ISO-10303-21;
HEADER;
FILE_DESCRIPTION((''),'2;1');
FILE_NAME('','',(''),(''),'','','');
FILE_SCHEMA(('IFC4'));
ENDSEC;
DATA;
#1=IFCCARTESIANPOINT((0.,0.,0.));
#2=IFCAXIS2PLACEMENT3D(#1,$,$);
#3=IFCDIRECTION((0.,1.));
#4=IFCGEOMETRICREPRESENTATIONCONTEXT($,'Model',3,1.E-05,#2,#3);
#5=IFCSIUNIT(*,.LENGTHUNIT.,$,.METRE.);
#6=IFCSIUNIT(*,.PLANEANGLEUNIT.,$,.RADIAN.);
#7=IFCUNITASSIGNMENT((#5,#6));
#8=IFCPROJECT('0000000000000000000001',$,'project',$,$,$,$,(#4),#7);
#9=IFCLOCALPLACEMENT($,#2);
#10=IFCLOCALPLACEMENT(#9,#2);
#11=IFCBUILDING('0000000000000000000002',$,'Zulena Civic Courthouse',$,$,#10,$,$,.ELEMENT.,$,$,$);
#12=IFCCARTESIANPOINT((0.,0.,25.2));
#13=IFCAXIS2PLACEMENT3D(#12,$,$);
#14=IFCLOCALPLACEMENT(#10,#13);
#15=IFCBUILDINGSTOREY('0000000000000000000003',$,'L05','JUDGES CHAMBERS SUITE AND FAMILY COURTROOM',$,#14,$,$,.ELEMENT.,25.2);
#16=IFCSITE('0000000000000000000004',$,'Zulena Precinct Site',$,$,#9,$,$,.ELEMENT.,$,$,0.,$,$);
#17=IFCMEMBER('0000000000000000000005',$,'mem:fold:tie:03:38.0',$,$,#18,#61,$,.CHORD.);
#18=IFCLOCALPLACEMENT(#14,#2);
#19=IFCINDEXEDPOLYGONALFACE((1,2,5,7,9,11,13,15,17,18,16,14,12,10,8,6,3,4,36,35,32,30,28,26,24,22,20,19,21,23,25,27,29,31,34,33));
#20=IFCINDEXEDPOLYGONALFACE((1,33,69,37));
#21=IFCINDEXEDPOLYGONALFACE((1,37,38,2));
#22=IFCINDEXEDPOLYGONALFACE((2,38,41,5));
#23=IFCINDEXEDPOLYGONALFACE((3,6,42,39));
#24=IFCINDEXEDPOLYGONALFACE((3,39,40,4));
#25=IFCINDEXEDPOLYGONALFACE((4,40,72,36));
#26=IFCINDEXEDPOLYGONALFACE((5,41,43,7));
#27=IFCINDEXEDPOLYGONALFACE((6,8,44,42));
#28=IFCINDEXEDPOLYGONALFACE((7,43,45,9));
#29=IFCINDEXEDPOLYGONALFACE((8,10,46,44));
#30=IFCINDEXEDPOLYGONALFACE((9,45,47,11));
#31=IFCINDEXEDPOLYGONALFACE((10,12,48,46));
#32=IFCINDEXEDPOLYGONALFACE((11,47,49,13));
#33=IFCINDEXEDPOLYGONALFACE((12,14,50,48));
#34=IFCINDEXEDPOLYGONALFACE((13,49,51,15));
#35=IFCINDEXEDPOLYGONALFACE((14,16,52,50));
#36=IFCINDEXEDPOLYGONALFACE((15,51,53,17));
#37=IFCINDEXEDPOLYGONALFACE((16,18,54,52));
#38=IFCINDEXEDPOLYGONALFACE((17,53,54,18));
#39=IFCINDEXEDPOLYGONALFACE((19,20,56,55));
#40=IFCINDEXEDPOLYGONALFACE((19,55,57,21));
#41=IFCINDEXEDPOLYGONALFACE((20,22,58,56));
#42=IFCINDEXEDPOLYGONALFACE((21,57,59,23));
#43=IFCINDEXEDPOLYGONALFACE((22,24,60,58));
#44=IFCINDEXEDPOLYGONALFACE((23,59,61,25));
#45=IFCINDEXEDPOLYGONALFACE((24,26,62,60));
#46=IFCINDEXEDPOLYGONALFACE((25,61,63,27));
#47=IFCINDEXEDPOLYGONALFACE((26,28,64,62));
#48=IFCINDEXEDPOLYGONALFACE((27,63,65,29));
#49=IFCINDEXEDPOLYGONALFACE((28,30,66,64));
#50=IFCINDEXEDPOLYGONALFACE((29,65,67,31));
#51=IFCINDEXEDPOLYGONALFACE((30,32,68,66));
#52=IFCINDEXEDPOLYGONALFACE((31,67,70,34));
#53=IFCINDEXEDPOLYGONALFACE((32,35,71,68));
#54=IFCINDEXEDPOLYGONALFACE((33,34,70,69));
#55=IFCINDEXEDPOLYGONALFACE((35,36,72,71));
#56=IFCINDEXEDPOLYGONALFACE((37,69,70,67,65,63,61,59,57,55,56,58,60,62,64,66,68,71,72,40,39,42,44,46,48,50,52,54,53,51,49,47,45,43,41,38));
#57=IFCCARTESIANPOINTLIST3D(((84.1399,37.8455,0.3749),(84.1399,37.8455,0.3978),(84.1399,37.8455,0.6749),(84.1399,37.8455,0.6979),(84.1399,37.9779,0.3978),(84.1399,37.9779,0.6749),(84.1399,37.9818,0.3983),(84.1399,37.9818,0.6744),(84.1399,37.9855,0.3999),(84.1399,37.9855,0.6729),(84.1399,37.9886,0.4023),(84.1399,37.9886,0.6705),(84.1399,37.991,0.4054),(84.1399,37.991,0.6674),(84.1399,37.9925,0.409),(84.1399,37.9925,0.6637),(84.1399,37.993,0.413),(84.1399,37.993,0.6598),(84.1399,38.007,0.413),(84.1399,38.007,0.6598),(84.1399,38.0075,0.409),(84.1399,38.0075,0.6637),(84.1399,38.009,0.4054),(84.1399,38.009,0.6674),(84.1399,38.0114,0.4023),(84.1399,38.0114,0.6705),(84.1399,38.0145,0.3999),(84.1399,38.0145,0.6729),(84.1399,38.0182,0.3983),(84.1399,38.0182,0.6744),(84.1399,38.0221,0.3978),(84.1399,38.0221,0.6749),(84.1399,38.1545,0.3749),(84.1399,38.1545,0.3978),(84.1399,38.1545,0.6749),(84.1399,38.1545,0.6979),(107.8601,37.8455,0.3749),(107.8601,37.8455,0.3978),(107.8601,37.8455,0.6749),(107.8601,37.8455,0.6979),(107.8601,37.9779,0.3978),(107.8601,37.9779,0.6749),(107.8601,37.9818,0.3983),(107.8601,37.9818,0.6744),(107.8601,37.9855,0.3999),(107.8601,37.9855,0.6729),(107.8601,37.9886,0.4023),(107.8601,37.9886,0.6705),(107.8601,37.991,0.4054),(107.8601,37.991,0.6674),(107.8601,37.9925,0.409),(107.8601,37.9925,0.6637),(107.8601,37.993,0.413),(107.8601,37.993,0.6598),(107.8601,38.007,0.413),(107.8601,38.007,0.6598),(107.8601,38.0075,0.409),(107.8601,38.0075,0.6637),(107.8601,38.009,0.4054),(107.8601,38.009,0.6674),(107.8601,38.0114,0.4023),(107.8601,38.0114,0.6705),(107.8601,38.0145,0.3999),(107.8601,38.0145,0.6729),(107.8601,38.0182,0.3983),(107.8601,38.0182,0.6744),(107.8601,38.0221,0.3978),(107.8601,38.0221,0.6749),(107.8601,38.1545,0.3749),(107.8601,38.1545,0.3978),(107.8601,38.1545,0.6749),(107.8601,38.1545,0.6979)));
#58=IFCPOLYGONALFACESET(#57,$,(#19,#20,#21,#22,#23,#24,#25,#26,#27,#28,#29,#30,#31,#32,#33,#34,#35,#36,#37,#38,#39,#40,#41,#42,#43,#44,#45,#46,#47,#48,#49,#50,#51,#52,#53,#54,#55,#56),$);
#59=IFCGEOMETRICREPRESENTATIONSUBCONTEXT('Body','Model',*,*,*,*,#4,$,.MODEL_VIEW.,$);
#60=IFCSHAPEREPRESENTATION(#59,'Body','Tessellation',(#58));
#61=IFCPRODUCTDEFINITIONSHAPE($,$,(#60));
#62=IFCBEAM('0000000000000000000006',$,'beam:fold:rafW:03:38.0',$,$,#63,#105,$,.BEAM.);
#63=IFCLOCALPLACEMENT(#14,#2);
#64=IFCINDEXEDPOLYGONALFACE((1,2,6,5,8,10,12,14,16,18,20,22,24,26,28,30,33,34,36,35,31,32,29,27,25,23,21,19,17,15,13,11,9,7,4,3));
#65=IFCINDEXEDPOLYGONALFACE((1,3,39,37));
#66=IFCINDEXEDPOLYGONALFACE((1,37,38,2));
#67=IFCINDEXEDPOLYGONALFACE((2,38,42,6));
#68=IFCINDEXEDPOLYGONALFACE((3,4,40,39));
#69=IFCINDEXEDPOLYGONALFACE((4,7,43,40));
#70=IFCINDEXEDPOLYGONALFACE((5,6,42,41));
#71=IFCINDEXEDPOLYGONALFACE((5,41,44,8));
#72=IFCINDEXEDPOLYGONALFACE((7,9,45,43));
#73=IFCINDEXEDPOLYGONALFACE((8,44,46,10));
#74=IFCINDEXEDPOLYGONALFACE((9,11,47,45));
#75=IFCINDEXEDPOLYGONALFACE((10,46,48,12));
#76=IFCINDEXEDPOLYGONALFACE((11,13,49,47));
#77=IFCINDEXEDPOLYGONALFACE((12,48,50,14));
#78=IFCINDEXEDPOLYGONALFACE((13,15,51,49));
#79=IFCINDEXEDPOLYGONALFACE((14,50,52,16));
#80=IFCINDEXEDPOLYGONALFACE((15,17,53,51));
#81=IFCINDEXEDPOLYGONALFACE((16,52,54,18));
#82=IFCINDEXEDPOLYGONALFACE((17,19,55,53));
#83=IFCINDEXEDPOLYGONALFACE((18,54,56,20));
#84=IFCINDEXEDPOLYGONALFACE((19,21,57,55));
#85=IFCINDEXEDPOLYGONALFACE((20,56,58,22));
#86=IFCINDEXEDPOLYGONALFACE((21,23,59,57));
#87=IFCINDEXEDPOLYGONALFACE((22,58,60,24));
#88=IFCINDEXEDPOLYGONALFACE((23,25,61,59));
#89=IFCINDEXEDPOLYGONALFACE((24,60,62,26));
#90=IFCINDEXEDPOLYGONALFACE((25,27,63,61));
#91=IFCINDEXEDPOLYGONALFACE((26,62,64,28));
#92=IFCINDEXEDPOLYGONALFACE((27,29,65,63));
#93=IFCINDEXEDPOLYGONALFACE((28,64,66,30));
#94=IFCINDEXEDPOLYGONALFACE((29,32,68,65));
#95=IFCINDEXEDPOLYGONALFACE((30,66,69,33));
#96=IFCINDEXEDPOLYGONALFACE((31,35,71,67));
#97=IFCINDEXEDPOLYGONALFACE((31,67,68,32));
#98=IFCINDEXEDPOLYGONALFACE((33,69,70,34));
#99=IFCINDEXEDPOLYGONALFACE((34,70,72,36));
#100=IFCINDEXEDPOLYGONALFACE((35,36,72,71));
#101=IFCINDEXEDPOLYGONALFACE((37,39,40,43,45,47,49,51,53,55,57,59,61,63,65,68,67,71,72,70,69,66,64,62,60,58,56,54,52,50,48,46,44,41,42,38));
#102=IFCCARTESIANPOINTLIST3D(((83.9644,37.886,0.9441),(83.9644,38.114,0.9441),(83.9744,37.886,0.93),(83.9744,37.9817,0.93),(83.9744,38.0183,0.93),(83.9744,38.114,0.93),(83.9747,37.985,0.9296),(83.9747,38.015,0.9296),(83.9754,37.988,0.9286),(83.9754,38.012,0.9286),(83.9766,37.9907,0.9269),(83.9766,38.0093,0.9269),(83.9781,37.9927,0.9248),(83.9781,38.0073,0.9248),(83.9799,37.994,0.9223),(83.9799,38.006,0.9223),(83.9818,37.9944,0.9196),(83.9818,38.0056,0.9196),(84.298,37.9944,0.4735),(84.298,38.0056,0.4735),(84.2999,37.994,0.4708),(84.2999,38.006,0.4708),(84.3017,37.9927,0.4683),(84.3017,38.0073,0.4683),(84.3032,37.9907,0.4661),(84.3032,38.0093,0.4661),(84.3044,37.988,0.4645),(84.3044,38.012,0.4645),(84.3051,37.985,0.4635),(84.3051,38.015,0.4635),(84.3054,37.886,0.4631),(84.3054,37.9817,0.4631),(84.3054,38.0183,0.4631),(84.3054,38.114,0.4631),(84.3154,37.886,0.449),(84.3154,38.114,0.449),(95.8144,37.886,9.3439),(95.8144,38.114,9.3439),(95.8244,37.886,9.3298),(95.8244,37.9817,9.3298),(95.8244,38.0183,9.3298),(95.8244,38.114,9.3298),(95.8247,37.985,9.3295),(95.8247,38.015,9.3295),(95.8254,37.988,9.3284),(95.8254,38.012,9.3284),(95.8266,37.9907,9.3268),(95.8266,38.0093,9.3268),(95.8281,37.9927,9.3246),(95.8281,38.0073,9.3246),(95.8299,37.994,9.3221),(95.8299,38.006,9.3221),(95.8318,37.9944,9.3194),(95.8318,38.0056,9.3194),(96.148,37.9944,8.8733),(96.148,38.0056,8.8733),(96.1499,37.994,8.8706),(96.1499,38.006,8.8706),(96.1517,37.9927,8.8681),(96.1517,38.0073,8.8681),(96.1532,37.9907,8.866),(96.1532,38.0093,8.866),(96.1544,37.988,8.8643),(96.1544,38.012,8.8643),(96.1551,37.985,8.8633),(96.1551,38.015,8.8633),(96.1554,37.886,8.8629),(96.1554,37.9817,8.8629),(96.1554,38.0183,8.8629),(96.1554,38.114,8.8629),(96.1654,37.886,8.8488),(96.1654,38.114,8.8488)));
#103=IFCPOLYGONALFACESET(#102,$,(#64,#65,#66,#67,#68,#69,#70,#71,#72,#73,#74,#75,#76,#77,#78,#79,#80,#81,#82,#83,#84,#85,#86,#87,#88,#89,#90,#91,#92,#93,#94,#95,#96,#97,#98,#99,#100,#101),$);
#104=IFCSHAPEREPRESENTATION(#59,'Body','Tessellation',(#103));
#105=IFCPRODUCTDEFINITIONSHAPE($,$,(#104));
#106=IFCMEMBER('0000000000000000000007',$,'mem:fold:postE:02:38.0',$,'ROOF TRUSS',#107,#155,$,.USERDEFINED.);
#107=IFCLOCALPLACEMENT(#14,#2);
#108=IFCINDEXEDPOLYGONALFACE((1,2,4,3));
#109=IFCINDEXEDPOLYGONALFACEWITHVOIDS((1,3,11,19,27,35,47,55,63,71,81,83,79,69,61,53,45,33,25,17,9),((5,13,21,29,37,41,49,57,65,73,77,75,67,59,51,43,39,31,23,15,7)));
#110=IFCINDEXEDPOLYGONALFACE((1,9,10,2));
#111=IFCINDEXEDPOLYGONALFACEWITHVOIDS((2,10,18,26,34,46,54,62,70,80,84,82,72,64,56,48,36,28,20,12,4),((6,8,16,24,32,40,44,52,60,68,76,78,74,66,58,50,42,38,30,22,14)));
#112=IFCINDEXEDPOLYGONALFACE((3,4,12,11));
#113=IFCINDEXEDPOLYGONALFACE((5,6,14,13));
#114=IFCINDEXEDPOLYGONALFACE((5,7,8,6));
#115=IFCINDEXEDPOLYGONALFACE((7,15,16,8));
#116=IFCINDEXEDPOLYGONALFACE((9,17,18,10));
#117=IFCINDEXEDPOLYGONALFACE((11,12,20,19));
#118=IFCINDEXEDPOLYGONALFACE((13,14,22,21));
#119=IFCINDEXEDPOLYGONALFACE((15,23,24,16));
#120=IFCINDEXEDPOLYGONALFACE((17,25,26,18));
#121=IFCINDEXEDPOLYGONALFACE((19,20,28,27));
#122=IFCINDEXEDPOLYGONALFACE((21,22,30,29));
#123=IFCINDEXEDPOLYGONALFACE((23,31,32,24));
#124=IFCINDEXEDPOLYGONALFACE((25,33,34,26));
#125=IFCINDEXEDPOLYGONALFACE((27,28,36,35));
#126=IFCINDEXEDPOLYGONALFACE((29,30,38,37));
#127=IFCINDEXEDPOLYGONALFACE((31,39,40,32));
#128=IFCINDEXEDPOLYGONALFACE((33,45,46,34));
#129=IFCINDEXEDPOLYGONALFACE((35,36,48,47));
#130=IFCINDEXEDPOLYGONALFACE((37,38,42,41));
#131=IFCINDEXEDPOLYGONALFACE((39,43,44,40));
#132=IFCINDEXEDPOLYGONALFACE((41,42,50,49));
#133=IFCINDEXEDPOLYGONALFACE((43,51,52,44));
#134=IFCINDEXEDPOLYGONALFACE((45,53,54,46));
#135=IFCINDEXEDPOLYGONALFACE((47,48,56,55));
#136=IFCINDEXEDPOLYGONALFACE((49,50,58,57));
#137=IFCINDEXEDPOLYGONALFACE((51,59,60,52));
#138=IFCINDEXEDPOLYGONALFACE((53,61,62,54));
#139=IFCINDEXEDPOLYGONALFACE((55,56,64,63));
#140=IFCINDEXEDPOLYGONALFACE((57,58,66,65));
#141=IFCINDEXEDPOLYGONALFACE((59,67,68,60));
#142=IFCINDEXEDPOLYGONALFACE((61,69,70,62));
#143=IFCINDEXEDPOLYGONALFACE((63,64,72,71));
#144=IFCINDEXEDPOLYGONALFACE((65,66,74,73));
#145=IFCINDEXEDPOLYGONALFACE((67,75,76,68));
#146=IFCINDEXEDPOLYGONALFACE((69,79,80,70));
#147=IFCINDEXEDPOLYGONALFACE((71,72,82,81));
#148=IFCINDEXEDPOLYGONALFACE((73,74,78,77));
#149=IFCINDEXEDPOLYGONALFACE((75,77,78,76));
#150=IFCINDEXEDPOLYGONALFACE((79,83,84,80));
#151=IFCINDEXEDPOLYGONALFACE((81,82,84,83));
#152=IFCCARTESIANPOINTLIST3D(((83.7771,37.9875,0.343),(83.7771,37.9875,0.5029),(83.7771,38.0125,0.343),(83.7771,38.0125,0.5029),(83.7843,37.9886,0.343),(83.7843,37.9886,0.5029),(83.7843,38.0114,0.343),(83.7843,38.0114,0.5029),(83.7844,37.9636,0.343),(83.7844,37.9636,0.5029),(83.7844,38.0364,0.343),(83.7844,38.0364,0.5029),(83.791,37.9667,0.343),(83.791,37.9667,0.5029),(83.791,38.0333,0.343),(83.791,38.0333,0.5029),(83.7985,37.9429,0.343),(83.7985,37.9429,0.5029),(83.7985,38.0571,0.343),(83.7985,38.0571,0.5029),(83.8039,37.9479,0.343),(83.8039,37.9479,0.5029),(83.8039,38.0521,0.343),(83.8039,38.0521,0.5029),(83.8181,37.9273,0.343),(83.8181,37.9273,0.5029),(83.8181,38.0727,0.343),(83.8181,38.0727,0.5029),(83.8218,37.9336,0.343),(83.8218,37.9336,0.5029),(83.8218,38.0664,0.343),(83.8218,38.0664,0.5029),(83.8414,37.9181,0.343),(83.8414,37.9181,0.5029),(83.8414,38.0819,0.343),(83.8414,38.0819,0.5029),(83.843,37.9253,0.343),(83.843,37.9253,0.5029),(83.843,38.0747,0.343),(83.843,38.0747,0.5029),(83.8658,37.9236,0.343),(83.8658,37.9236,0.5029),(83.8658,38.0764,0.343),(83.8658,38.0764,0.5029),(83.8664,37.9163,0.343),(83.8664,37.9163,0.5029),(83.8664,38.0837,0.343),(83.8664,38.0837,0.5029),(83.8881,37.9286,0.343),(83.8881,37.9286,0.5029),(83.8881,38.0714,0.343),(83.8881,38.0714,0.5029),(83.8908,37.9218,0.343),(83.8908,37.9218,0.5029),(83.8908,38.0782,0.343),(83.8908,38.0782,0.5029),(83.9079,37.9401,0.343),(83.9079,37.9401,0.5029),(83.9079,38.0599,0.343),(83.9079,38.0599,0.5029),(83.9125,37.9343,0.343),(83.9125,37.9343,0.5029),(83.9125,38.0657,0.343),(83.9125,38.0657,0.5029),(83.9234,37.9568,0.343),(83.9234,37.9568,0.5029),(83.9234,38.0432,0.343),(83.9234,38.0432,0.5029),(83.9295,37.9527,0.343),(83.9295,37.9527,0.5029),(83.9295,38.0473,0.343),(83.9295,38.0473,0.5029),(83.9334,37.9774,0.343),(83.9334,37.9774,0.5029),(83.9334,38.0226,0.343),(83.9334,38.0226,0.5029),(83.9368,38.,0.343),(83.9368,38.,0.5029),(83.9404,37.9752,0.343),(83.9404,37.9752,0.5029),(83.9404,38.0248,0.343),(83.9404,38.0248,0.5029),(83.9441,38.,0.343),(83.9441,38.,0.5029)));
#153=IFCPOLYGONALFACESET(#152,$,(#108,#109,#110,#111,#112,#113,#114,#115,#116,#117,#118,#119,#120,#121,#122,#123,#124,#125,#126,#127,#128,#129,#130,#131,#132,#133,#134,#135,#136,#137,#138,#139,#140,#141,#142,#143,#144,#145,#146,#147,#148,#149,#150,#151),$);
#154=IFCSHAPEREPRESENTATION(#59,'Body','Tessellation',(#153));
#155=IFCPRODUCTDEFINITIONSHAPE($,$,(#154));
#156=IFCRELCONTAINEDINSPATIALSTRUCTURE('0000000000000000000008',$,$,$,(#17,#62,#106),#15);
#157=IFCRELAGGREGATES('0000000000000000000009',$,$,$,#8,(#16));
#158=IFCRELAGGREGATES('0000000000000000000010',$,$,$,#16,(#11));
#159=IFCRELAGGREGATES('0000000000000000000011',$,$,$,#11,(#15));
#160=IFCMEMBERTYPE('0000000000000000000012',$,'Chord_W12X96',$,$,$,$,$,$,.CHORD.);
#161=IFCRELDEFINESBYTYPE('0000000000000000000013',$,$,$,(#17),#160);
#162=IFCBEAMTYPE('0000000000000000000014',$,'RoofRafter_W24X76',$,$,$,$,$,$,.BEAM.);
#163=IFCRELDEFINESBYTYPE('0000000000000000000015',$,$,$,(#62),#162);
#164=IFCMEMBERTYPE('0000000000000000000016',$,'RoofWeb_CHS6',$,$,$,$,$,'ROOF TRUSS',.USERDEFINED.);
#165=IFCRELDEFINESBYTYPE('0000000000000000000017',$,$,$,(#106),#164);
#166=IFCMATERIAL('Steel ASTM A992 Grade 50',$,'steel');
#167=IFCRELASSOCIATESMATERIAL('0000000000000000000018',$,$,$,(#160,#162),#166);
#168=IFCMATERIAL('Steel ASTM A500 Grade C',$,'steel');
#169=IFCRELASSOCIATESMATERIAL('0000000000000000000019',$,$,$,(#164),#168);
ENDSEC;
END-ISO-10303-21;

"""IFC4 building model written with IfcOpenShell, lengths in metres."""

from ifc_helpers import new_model, si_unit, direction, frame, origin, origin_2d, place, context, subcontext, project, spatial, hollow_circle, i_section, extrude, material, material_profile, profile_set, type_object, element, save


model = new_model("IFC4")

# Units and contexts
model_context = context("Model", 3, precision=1e-05, world=origin(), true_north=direction((0.0, 1.0)))
body_context = subcontext(model_context, "Body", "Model", "MODEL_VIEW")
ifc_project = project(units=[si_unit("LENGTHUNIT", "METRE"), si_unit("PLANEANGLEUNIT", "RADIAN")], contexts=[model_context])

# Site, building, storey
site_placement = place(None, origin())
site = spatial("IfcSite", under=ifc_project, at=site_placement, Name="Zulena Precinct Site", CompositionType="ELEMENT", RefElevation=0.0)
building_placement = place(site_placement, origin())
building = spatial("IfcBuilding", under=site, at=building_placement, Name="Zulena Civic Courthouse", CompositionType="ELEMENT")
storey_placement = place(building_placement, frame((0.0, 0.0, 25.2)))
storey = spatial("IfcBuildingStorey", under=building, at=storey_placement, Name="L05", Description="JUDGES CHAMBERS SUITE AND FAMILY COURTROOM", CompositionType="ELEMENT", Elevation=25.2)

# Shared definitions
ifc_material_1 = material(Name="Steel ASTM A992 Grade 50", Category="steel")

# Member
ifc_material_profile_1 = material_profile(ifc_material_1, i_section(OverallWidth=0.3091, OverallDepth=0.323, WebThickness=0.0139, FlangeThickness=0.0229, FilletRadius=0.0151, at=origin_2d()), Name="W12X96")
ifc_profile_set_1 = profile_set([ifc_material_profile_1], Name="Steel ASTM A992 Grade 50")
member_type_1 = type_object("IfcMemberType", Name="Chord_W12X96", PredefinedType="CHORD", material=ifc_profile_set_1)
member_1_placement = place(storey_placement, frame((84.1399, 38.0, 0.5364), z_axis=(1.0, 0.0, 0.0), x_axis=(0.0, 1.0, 0.0)))
element("IfcMember", 1, at=member_1_placement, inside=storey, type_object=member_type_1, Name="mem:fold:tie:03:38.0", PredefinedType="CHORD", context=body_context, shape_type="SweptSolid", body=[
    extrude(i_section(OverallWidth=0.3091, OverallDepth=0.323, WebThickness=0.0139, FlangeThickness=0.0229, FilletRadius=0.0151, at=origin_2d()), origin(), (0.0, 0.0, 1.0), 23.7202),
])

# Beam
ifc_material_profile_2 = material_profile(ifc_material_1, i_section(OverallWidth=0.228, OverallDepth=0.6069, WebThickness=0.0112, FlangeThickness=0.0173, FilletRadius=0.0127, at=origin_2d()), Name="W24X76")
ifc_profile_set_2 = profile_set([ifc_material_profile_2], Name="Steel ASTM A992 Grade 50")
beam_type = type_object("IfcBeamType", Name="RoofRafter_W24X76", PredefinedType="BEAM", material=ifc_profile_set_2)
beam_placement = place(storey_placement, frame((84.1399, 38.0, 0.6965), z_axis=(0.815827, 0.0, 0.578296), x_axis=(0.0, 1.0, 0.0)))
element("IfcBeam", 2, at=beam_placement, inside=storey, type_object=beam_type, Name="beam:fold:rafW:03:38.0", PredefinedType="BEAM", context=body_context, shape_type="SweptSolid", body=[
    extrude(i_section(OverallWidth=0.228, OverallDepth=0.6069, WebThickness=0.0112, FlangeThickness=0.0173, FilletRadius=0.0127, at=origin_2d()), origin(), (0.0, 0.0, 1.0), 14.5251),
])

# Member
ifc_material_2 = material(Name="Steel ASTM A500 Grade C", Category="steel")
ifc_material_profile_3 = material_profile(ifc_material_2, hollow_circle(Radius=0.084, WallThickness=0.0073, at=origin_2d()), Name="HSS6.625X0.312")
ifc_profile_set_3 = profile_set([ifc_material_profile_3], Name="Steel ASTM A500 Grade C")
member_type_2 = type_object("IfcMemberType", Name="RoofWeb_CHS6", ElementType="ROOF TRUSS", PredefinedType="USERDEFINED", material=ifc_profile_set_3)
member_2_placement = place(storey_placement, frame((83.8601, 38.0, 0.343), z_axis=(0.0, 0.0, 1.0), x_axis=(1.0, 0.0, 0.0)))
element("IfcMember", 3, at=member_2_placement, inside=storey, type_object=member_type_2, Name="mem:fold:postE:02:38.0", ObjectType="ROOF TRUSS", PredefinedType="USERDEFINED", context=body_context, shape_type="SweptSolid", body=[
    extrude(hollow_circle(Radius=0.084, WallThickness=0.0073, at=origin_2d()), origin(), (0.0, 0.0, 1.0), 0.1599),
])

save(model, "model.ifc")
